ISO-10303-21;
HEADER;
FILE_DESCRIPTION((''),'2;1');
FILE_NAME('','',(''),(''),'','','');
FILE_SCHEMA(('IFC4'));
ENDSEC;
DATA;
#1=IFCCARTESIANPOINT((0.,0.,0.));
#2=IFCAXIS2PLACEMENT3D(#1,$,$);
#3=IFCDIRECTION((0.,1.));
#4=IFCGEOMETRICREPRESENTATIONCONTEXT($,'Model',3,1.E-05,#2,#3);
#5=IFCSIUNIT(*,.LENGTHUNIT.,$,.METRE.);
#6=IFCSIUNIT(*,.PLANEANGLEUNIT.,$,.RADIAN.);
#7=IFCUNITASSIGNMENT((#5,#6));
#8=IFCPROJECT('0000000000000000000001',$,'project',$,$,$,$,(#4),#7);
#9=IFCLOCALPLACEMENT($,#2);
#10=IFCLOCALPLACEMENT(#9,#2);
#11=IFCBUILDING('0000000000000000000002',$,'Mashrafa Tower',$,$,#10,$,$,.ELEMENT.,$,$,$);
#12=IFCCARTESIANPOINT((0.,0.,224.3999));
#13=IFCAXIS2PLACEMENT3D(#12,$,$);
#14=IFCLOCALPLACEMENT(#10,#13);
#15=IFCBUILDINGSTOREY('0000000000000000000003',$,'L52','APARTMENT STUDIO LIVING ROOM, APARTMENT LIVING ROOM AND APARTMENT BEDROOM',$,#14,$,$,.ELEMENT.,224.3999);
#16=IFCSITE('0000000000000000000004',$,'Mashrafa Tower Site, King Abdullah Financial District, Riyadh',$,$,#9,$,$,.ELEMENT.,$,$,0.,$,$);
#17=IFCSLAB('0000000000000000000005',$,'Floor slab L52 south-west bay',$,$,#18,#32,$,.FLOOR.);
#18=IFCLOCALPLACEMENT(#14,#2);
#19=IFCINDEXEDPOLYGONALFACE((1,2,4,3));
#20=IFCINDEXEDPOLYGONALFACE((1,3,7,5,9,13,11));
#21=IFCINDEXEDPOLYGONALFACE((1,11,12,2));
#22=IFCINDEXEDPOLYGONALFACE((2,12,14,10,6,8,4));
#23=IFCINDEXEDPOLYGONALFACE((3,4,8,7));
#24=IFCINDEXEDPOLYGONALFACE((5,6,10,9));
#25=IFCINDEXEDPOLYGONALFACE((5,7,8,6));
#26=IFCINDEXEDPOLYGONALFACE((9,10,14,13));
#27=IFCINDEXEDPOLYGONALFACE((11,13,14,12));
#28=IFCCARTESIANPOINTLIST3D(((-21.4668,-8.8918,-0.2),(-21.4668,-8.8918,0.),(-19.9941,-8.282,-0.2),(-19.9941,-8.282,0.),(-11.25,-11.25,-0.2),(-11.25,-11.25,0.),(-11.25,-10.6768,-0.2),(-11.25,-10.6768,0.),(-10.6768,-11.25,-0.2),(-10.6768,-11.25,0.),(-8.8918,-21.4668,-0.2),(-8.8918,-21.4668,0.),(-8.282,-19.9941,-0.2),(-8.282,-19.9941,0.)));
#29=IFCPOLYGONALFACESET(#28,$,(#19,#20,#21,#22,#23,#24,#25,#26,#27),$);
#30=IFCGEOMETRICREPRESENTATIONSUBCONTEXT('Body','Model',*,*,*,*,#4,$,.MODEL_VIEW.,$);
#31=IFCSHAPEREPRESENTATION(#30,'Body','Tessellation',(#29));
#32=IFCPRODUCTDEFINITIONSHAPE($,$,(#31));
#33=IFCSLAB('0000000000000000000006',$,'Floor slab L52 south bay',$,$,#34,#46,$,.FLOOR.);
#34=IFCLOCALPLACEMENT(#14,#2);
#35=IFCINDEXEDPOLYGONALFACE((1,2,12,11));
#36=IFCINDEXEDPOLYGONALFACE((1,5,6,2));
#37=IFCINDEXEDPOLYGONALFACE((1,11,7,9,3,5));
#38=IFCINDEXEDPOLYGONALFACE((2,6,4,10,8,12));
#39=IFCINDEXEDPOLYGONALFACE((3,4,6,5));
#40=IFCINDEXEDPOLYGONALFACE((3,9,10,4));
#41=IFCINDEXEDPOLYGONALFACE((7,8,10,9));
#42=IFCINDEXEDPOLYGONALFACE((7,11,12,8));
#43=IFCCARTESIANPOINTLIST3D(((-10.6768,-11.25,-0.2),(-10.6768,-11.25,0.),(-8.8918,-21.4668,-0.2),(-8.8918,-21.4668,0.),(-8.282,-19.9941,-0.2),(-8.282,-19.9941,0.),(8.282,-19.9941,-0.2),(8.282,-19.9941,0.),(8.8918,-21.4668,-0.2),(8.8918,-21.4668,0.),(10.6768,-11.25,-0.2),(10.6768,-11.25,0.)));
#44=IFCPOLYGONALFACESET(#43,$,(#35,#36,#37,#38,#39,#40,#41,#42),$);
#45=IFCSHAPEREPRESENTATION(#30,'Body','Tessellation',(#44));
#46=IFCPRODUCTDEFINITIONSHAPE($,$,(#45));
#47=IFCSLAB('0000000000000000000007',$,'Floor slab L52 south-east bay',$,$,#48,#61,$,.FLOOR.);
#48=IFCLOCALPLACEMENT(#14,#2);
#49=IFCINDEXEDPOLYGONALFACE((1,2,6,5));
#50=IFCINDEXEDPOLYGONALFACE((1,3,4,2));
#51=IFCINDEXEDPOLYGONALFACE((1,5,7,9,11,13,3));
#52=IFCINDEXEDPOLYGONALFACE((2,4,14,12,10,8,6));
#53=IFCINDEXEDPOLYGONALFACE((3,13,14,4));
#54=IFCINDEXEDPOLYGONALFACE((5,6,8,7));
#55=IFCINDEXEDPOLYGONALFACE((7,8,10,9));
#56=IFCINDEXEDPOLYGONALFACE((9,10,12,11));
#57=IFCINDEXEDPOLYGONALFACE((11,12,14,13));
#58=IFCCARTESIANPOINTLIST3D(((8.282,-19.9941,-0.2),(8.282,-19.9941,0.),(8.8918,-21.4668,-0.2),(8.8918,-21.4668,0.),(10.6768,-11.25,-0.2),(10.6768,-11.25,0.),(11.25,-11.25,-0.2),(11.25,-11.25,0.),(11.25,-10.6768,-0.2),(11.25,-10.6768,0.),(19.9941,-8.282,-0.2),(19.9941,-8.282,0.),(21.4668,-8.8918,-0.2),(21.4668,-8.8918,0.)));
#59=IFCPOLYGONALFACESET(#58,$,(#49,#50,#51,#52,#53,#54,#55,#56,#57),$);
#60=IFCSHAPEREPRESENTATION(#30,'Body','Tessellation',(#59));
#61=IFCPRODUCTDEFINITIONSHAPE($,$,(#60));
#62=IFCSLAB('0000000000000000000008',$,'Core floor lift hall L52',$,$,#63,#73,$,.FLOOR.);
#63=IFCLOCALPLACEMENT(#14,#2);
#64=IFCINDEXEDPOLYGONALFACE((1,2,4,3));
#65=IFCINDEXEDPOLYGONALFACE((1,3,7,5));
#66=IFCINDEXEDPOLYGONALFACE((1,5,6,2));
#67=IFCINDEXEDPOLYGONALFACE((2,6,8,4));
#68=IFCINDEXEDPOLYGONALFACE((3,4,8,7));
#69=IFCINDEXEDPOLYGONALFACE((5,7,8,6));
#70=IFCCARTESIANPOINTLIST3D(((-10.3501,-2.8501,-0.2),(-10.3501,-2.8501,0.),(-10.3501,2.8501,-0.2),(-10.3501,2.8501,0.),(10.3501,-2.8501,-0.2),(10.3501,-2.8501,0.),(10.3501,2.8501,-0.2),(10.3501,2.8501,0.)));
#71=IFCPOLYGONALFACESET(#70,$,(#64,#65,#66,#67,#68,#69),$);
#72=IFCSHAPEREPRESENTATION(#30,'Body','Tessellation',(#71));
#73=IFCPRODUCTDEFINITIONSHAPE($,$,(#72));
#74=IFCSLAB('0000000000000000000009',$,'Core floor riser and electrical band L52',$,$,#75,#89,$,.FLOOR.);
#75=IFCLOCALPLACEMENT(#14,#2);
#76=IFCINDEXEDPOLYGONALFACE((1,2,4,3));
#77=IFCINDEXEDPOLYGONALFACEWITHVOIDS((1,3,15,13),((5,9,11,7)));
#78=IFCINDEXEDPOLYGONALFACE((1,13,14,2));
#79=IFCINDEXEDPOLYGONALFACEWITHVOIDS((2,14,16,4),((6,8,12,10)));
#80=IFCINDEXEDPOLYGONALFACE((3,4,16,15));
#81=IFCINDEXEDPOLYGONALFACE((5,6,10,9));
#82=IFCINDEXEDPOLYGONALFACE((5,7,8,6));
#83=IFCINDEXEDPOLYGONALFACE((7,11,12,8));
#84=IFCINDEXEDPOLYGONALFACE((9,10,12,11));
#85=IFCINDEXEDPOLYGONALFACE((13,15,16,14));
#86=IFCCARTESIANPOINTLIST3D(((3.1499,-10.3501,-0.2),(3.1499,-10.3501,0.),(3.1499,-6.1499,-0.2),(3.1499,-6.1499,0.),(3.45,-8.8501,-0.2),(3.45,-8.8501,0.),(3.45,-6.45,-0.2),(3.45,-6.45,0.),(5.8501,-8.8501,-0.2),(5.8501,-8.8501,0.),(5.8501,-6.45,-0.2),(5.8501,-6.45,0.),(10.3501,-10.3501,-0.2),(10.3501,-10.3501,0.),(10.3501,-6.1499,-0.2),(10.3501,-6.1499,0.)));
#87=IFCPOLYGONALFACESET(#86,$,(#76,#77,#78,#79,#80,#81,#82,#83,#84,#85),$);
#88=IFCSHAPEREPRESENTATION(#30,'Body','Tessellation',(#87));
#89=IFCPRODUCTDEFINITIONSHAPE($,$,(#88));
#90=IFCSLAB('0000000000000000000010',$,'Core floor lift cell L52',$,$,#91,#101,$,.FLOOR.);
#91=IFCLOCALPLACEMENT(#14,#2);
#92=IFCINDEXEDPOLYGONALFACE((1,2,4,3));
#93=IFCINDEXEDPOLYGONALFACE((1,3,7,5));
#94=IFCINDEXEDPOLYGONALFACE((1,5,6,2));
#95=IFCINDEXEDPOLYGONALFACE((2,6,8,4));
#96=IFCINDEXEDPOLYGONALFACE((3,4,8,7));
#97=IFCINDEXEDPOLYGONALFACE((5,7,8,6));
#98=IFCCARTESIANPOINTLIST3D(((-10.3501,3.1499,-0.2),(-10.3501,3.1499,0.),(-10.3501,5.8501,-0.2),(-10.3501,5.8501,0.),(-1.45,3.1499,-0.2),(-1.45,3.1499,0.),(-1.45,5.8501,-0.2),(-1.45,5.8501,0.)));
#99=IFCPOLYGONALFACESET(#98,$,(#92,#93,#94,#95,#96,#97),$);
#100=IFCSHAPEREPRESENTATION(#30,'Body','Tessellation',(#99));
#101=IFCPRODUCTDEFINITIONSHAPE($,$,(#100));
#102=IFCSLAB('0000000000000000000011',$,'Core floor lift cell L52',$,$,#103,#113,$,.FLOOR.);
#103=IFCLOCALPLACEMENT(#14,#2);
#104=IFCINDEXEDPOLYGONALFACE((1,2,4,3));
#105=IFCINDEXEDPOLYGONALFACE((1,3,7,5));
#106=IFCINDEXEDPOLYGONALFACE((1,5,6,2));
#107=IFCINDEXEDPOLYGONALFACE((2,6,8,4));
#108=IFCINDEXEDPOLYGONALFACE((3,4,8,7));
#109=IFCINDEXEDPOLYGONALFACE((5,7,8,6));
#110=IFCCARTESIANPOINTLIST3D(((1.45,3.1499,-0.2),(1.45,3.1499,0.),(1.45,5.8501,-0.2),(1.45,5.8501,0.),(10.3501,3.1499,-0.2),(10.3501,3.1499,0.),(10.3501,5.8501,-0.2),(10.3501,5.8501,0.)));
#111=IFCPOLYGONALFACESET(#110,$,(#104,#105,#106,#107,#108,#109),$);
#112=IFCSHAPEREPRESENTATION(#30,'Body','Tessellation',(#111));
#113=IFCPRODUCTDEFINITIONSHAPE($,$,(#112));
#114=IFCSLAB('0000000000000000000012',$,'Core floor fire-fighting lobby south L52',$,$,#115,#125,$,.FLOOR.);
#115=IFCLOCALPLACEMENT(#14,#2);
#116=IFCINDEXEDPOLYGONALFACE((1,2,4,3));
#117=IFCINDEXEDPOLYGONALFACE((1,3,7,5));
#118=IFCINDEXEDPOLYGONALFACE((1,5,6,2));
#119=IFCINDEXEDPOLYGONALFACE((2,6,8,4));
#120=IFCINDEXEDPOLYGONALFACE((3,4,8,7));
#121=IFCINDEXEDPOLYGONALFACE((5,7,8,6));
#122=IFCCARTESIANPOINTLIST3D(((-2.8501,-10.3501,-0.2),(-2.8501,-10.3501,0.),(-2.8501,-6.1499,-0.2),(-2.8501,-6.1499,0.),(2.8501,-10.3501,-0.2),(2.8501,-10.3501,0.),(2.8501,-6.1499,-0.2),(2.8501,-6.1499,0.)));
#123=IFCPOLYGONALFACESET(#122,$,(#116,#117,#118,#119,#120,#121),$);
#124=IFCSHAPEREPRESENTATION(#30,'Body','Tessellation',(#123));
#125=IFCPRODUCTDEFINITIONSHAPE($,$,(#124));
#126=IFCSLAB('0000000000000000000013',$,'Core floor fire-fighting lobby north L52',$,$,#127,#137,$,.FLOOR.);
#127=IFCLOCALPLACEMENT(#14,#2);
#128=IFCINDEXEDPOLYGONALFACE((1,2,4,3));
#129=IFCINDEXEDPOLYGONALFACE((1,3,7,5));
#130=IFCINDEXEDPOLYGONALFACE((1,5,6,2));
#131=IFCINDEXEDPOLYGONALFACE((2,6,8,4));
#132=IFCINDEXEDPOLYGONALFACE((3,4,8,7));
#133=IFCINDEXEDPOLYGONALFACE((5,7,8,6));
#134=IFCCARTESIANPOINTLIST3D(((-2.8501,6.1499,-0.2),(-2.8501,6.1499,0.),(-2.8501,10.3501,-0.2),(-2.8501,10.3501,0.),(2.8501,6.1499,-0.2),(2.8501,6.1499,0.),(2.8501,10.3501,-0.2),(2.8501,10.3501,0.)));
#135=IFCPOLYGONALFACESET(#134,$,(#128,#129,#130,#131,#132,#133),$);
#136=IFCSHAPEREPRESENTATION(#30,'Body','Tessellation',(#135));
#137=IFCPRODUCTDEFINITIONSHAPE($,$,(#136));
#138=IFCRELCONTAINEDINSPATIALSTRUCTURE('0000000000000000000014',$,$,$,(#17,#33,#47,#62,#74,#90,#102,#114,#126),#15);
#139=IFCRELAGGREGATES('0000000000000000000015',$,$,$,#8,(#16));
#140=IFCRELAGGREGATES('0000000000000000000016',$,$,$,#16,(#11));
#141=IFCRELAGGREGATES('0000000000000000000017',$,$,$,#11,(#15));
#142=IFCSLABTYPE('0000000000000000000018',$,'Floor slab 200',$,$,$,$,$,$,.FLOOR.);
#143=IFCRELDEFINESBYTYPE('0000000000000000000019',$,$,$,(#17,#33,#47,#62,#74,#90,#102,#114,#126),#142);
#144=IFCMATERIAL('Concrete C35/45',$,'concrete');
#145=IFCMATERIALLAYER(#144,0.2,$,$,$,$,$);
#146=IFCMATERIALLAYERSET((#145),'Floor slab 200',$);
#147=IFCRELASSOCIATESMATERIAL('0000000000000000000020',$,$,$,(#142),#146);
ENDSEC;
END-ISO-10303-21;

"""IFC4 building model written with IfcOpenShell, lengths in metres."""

from ifc_helpers import new_model, si_unit, direction, frame, origin, place, context, subcontext, project, spatial, polyline, outline, extrude, material, layer, layer_set, type_object, element, save


model = new_model("IFC4")

# Units and contexts
model_context = context("Model", 3, precision=1e-05, world=origin(), true_north=direction((0.0, 1.0)))
body_context = subcontext(model_context, "Body", "Model", "MODEL_VIEW")
ifc_project = project(units=[si_unit("LENGTHUNIT", "METRE"), si_unit("PLANEANGLEUNIT", "RADIAN")], contexts=[model_context])

# Site, building, storey
site_placement = place(None, origin())
site = spatial("IfcSite", under=ifc_project, at=site_placement, Name="Mashrafa Tower Site, King Abdullah Financial District, Riyadh", CompositionType="ELEMENT", RefElevation=0.0)
building_placement = place(site_placement, origin())
building = spatial("IfcBuilding", under=site, at=building_placement, Name="Mashrafa Tower", CompositionType="ELEMENT")
storey_placement = place(building_placement, frame((0.0, 0.0, 224.3999)))
storey = spatial("IfcBuildingStorey", under=building, at=storey_placement, Name="L52", Description="APARTMENT STUDIO LIVING ROOM, APARTMENT LIVING ROOM AND APARTMENT BEDROOM", CompositionType="ELEMENT", Elevation=224.3999)

# Slabs
ifc_material_1 = material(Name="Concrete C35/45", Category="concrete")
ifc_layer_1 = layer(ifc_material_1, 0.2)
ifc_layer_set_1 = layer_set([ifc_layer_1], Name="Floor slab 200")
slab_type = type_object("IfcSlabType", Name="Floor slab 200", PredefinedType="FLOOR", material=ifc_layer_set_1)
slab_1_placement = place(storey_placement, frame((0.0, 0.0, -0.2)))
element("IfcSlab", 1, at=slab_1_placement, inside=storey, type_object=slab_type, Name="Floor slab L52 south-west bay", PredefinedType="FLOOR", context=body_context, shape_type="SweptSolid", body=[
    extrude(outline(polyline([(-21.4668, -8.8918), (-19.9941, -8.282), (-11.25, -10.6768), (-11.25, -11.25), (-10.6768, -11.25), (-8.282, -19.9941), (-8.8918, -21.4668), (-21.4668, -8.8918)])), origin(), (0.0, 0.0, 1.0), 0.2),
])
slab_2_placement = place(storey_placement, frame((0.0, 0.0, -0.2)))
element("IfcSlab", 2, at=slab_2_placement, inside=storey, type_object=slab_type, Name="Floor slab L52 south bay", PredefinedType="FLOOR", context=body_context, shape_type="SweptSolid", body=[
    extrude(outline(polyline([(-8.8918, -21.4668), (-8.8918, -21.4668), (-8.282, -19.9941), (-10.6768, -11.25), (10.6768, -11.25), (8.282, -19.9941), (8.8918, -21.4668), (8.8918, -21.4668), (-8.8918, -21.4668)])), origin(), (0.0, 0.0, 1.0), 0.2),
])
slab_3_placement = place(storey_placement, frame((0.0, 0.0, -0.2)))
element("IfcSlab", 3, at=slab_3_placement, inside=storey, type_object=slab_type, Name="Floor slab L52 south-east bay", PredefinedType="FLOOR", context=body_context, shape_type="SweptSolid", body=[
    extrude(outline(polyline([(8.8918, -21.4668), (8.282, -19.9941), (10.6768, -11.25), (11.25, -11.25), (11.25, -10.6768), (19.9941, -8.282), (21.4668, -8.8918), (8.8918, -21.4668)])), origin(), (0.0, 0.0, 1.0), 0.2),
])
slab_4_placement = place(storey_placement, frame((0.0, 0.0, -0.2)))
element("IfcSlab", 4, at=slab_4_placement, inside=storey, type_object=slab_type, Name="Core floor lift hall L52", PredefinedType="FLOOR", context=body_context, shape_type="SweptSolid", body=[
    extrude(outline(polyline([(-10.3501, 2.8501), (10.3501, 2.8501), (10.3501, -2.8501), (-10.3501, -2.8501), (-10.3501, 2.8501)])), origin(), (0.0, 0.0, 1.0), 0.2),
])
slab_5_placement = place(storey_placement, frame((0.0, 0.0, -0.2)))
element("IfcSlab", 5, at=slab_5_placement, inside=storey, type_object=slab_type, Name="Core floor riser and electrical band L52", PredefinedType="FLOOR", context=body_context, shape_type="SweptSolid", body=[
    extrude(outline(polyline([(10.3501, -6.1499), (10.3501, -10.3501), (3.1499, -10.3501), (3.1499, -6.1499), (10.3501, -6.1499)]), holes=[polyline([(3.45, -8.8501), (5.8501, -8.8501), (5.8501, -6.45), (3.45, -6.45), (3.45, -8.8501)])]), origin(), (0.0, 0.0, 1.0), 0.2),
])
slab_6_placement = place(storey_placement, frame((0.0, 0.0, -0.2)))
element("IfcSlab", 6, at=slab_6_placement, inside=storey, type_object=slab_type, Name="Core floor lift cell L52", PredefinedType="FLOOR", context=body_context, shape_type="SweptSolid", body=[
    extrude(outline(polyline([(-10.3501, 5.8501), (-1.45, 5.8501), (-1.45, 3.1499), (-10.3501, 3.1499), (-10.3501, 5.8501)])), origin(), (0.0, 0.0, 1.0), 0.2),
])
slab_7_placement = place(storey_placement, frame((0.0, 0.0, -0.2)))
element("IfcSlab", 7, at=slab_7_placement, inside=storey, type_object=slab_type, Name="Core floor lift cell L52", PredefinedType="FLOOR", context=body_context, shape_type="SweptSolid", body=[
    extrude(outline(polyline([(1.45, 5.8501), (10.3501, 5.8501), (10.3501, 3.1499), (1.45, 3.1499), (1.45, 5.8501)])), origin(), (0.0, 0.0, 1.0), 0.2),
])
slab_8_placement = place(storey_placement, frame((0.0, 0.0, -0.2)))
element("IfcSlab", 8, at=slab_8_placement, inside=storey, type_object=slab_type, Name="Core floor fire-fighting lobby south L52", PredefinedType="FLOOR", context=body_context, shape_type="SweptSolid", body=[
    extrude(outline(polyline([(2.8501, -6.1499), (2.8501, -10.3501), (-2.8501, -10.3501), (-2.8501, -6.1499), (2.8501, -6.1499)])), origin(), (0.0, 0.0, 1.0), 0.2),
])
slab_9_placement = place(storey_placement, frame((0.0, 0.0, -0.2)))
element("IfcSlab", 9, at=slab_9_placement, inside=storey, type_object=slab_type, Name="Core floor fire-fighting lobby north L52", PredefinedType="FLOOR", context=body_context, shape_type="SweptSolid", body=[
    extrude(outline(polyline([(-2.8501, 10.3501), (2.8501, 10.3501), (2.8501, 6.1499), (-2.8501, 6.1499), (-2.8501, 10.3501)])), origin(), (0.0, 0.0, 1.0), 0.2),
])

save(model, "model.ifc")
